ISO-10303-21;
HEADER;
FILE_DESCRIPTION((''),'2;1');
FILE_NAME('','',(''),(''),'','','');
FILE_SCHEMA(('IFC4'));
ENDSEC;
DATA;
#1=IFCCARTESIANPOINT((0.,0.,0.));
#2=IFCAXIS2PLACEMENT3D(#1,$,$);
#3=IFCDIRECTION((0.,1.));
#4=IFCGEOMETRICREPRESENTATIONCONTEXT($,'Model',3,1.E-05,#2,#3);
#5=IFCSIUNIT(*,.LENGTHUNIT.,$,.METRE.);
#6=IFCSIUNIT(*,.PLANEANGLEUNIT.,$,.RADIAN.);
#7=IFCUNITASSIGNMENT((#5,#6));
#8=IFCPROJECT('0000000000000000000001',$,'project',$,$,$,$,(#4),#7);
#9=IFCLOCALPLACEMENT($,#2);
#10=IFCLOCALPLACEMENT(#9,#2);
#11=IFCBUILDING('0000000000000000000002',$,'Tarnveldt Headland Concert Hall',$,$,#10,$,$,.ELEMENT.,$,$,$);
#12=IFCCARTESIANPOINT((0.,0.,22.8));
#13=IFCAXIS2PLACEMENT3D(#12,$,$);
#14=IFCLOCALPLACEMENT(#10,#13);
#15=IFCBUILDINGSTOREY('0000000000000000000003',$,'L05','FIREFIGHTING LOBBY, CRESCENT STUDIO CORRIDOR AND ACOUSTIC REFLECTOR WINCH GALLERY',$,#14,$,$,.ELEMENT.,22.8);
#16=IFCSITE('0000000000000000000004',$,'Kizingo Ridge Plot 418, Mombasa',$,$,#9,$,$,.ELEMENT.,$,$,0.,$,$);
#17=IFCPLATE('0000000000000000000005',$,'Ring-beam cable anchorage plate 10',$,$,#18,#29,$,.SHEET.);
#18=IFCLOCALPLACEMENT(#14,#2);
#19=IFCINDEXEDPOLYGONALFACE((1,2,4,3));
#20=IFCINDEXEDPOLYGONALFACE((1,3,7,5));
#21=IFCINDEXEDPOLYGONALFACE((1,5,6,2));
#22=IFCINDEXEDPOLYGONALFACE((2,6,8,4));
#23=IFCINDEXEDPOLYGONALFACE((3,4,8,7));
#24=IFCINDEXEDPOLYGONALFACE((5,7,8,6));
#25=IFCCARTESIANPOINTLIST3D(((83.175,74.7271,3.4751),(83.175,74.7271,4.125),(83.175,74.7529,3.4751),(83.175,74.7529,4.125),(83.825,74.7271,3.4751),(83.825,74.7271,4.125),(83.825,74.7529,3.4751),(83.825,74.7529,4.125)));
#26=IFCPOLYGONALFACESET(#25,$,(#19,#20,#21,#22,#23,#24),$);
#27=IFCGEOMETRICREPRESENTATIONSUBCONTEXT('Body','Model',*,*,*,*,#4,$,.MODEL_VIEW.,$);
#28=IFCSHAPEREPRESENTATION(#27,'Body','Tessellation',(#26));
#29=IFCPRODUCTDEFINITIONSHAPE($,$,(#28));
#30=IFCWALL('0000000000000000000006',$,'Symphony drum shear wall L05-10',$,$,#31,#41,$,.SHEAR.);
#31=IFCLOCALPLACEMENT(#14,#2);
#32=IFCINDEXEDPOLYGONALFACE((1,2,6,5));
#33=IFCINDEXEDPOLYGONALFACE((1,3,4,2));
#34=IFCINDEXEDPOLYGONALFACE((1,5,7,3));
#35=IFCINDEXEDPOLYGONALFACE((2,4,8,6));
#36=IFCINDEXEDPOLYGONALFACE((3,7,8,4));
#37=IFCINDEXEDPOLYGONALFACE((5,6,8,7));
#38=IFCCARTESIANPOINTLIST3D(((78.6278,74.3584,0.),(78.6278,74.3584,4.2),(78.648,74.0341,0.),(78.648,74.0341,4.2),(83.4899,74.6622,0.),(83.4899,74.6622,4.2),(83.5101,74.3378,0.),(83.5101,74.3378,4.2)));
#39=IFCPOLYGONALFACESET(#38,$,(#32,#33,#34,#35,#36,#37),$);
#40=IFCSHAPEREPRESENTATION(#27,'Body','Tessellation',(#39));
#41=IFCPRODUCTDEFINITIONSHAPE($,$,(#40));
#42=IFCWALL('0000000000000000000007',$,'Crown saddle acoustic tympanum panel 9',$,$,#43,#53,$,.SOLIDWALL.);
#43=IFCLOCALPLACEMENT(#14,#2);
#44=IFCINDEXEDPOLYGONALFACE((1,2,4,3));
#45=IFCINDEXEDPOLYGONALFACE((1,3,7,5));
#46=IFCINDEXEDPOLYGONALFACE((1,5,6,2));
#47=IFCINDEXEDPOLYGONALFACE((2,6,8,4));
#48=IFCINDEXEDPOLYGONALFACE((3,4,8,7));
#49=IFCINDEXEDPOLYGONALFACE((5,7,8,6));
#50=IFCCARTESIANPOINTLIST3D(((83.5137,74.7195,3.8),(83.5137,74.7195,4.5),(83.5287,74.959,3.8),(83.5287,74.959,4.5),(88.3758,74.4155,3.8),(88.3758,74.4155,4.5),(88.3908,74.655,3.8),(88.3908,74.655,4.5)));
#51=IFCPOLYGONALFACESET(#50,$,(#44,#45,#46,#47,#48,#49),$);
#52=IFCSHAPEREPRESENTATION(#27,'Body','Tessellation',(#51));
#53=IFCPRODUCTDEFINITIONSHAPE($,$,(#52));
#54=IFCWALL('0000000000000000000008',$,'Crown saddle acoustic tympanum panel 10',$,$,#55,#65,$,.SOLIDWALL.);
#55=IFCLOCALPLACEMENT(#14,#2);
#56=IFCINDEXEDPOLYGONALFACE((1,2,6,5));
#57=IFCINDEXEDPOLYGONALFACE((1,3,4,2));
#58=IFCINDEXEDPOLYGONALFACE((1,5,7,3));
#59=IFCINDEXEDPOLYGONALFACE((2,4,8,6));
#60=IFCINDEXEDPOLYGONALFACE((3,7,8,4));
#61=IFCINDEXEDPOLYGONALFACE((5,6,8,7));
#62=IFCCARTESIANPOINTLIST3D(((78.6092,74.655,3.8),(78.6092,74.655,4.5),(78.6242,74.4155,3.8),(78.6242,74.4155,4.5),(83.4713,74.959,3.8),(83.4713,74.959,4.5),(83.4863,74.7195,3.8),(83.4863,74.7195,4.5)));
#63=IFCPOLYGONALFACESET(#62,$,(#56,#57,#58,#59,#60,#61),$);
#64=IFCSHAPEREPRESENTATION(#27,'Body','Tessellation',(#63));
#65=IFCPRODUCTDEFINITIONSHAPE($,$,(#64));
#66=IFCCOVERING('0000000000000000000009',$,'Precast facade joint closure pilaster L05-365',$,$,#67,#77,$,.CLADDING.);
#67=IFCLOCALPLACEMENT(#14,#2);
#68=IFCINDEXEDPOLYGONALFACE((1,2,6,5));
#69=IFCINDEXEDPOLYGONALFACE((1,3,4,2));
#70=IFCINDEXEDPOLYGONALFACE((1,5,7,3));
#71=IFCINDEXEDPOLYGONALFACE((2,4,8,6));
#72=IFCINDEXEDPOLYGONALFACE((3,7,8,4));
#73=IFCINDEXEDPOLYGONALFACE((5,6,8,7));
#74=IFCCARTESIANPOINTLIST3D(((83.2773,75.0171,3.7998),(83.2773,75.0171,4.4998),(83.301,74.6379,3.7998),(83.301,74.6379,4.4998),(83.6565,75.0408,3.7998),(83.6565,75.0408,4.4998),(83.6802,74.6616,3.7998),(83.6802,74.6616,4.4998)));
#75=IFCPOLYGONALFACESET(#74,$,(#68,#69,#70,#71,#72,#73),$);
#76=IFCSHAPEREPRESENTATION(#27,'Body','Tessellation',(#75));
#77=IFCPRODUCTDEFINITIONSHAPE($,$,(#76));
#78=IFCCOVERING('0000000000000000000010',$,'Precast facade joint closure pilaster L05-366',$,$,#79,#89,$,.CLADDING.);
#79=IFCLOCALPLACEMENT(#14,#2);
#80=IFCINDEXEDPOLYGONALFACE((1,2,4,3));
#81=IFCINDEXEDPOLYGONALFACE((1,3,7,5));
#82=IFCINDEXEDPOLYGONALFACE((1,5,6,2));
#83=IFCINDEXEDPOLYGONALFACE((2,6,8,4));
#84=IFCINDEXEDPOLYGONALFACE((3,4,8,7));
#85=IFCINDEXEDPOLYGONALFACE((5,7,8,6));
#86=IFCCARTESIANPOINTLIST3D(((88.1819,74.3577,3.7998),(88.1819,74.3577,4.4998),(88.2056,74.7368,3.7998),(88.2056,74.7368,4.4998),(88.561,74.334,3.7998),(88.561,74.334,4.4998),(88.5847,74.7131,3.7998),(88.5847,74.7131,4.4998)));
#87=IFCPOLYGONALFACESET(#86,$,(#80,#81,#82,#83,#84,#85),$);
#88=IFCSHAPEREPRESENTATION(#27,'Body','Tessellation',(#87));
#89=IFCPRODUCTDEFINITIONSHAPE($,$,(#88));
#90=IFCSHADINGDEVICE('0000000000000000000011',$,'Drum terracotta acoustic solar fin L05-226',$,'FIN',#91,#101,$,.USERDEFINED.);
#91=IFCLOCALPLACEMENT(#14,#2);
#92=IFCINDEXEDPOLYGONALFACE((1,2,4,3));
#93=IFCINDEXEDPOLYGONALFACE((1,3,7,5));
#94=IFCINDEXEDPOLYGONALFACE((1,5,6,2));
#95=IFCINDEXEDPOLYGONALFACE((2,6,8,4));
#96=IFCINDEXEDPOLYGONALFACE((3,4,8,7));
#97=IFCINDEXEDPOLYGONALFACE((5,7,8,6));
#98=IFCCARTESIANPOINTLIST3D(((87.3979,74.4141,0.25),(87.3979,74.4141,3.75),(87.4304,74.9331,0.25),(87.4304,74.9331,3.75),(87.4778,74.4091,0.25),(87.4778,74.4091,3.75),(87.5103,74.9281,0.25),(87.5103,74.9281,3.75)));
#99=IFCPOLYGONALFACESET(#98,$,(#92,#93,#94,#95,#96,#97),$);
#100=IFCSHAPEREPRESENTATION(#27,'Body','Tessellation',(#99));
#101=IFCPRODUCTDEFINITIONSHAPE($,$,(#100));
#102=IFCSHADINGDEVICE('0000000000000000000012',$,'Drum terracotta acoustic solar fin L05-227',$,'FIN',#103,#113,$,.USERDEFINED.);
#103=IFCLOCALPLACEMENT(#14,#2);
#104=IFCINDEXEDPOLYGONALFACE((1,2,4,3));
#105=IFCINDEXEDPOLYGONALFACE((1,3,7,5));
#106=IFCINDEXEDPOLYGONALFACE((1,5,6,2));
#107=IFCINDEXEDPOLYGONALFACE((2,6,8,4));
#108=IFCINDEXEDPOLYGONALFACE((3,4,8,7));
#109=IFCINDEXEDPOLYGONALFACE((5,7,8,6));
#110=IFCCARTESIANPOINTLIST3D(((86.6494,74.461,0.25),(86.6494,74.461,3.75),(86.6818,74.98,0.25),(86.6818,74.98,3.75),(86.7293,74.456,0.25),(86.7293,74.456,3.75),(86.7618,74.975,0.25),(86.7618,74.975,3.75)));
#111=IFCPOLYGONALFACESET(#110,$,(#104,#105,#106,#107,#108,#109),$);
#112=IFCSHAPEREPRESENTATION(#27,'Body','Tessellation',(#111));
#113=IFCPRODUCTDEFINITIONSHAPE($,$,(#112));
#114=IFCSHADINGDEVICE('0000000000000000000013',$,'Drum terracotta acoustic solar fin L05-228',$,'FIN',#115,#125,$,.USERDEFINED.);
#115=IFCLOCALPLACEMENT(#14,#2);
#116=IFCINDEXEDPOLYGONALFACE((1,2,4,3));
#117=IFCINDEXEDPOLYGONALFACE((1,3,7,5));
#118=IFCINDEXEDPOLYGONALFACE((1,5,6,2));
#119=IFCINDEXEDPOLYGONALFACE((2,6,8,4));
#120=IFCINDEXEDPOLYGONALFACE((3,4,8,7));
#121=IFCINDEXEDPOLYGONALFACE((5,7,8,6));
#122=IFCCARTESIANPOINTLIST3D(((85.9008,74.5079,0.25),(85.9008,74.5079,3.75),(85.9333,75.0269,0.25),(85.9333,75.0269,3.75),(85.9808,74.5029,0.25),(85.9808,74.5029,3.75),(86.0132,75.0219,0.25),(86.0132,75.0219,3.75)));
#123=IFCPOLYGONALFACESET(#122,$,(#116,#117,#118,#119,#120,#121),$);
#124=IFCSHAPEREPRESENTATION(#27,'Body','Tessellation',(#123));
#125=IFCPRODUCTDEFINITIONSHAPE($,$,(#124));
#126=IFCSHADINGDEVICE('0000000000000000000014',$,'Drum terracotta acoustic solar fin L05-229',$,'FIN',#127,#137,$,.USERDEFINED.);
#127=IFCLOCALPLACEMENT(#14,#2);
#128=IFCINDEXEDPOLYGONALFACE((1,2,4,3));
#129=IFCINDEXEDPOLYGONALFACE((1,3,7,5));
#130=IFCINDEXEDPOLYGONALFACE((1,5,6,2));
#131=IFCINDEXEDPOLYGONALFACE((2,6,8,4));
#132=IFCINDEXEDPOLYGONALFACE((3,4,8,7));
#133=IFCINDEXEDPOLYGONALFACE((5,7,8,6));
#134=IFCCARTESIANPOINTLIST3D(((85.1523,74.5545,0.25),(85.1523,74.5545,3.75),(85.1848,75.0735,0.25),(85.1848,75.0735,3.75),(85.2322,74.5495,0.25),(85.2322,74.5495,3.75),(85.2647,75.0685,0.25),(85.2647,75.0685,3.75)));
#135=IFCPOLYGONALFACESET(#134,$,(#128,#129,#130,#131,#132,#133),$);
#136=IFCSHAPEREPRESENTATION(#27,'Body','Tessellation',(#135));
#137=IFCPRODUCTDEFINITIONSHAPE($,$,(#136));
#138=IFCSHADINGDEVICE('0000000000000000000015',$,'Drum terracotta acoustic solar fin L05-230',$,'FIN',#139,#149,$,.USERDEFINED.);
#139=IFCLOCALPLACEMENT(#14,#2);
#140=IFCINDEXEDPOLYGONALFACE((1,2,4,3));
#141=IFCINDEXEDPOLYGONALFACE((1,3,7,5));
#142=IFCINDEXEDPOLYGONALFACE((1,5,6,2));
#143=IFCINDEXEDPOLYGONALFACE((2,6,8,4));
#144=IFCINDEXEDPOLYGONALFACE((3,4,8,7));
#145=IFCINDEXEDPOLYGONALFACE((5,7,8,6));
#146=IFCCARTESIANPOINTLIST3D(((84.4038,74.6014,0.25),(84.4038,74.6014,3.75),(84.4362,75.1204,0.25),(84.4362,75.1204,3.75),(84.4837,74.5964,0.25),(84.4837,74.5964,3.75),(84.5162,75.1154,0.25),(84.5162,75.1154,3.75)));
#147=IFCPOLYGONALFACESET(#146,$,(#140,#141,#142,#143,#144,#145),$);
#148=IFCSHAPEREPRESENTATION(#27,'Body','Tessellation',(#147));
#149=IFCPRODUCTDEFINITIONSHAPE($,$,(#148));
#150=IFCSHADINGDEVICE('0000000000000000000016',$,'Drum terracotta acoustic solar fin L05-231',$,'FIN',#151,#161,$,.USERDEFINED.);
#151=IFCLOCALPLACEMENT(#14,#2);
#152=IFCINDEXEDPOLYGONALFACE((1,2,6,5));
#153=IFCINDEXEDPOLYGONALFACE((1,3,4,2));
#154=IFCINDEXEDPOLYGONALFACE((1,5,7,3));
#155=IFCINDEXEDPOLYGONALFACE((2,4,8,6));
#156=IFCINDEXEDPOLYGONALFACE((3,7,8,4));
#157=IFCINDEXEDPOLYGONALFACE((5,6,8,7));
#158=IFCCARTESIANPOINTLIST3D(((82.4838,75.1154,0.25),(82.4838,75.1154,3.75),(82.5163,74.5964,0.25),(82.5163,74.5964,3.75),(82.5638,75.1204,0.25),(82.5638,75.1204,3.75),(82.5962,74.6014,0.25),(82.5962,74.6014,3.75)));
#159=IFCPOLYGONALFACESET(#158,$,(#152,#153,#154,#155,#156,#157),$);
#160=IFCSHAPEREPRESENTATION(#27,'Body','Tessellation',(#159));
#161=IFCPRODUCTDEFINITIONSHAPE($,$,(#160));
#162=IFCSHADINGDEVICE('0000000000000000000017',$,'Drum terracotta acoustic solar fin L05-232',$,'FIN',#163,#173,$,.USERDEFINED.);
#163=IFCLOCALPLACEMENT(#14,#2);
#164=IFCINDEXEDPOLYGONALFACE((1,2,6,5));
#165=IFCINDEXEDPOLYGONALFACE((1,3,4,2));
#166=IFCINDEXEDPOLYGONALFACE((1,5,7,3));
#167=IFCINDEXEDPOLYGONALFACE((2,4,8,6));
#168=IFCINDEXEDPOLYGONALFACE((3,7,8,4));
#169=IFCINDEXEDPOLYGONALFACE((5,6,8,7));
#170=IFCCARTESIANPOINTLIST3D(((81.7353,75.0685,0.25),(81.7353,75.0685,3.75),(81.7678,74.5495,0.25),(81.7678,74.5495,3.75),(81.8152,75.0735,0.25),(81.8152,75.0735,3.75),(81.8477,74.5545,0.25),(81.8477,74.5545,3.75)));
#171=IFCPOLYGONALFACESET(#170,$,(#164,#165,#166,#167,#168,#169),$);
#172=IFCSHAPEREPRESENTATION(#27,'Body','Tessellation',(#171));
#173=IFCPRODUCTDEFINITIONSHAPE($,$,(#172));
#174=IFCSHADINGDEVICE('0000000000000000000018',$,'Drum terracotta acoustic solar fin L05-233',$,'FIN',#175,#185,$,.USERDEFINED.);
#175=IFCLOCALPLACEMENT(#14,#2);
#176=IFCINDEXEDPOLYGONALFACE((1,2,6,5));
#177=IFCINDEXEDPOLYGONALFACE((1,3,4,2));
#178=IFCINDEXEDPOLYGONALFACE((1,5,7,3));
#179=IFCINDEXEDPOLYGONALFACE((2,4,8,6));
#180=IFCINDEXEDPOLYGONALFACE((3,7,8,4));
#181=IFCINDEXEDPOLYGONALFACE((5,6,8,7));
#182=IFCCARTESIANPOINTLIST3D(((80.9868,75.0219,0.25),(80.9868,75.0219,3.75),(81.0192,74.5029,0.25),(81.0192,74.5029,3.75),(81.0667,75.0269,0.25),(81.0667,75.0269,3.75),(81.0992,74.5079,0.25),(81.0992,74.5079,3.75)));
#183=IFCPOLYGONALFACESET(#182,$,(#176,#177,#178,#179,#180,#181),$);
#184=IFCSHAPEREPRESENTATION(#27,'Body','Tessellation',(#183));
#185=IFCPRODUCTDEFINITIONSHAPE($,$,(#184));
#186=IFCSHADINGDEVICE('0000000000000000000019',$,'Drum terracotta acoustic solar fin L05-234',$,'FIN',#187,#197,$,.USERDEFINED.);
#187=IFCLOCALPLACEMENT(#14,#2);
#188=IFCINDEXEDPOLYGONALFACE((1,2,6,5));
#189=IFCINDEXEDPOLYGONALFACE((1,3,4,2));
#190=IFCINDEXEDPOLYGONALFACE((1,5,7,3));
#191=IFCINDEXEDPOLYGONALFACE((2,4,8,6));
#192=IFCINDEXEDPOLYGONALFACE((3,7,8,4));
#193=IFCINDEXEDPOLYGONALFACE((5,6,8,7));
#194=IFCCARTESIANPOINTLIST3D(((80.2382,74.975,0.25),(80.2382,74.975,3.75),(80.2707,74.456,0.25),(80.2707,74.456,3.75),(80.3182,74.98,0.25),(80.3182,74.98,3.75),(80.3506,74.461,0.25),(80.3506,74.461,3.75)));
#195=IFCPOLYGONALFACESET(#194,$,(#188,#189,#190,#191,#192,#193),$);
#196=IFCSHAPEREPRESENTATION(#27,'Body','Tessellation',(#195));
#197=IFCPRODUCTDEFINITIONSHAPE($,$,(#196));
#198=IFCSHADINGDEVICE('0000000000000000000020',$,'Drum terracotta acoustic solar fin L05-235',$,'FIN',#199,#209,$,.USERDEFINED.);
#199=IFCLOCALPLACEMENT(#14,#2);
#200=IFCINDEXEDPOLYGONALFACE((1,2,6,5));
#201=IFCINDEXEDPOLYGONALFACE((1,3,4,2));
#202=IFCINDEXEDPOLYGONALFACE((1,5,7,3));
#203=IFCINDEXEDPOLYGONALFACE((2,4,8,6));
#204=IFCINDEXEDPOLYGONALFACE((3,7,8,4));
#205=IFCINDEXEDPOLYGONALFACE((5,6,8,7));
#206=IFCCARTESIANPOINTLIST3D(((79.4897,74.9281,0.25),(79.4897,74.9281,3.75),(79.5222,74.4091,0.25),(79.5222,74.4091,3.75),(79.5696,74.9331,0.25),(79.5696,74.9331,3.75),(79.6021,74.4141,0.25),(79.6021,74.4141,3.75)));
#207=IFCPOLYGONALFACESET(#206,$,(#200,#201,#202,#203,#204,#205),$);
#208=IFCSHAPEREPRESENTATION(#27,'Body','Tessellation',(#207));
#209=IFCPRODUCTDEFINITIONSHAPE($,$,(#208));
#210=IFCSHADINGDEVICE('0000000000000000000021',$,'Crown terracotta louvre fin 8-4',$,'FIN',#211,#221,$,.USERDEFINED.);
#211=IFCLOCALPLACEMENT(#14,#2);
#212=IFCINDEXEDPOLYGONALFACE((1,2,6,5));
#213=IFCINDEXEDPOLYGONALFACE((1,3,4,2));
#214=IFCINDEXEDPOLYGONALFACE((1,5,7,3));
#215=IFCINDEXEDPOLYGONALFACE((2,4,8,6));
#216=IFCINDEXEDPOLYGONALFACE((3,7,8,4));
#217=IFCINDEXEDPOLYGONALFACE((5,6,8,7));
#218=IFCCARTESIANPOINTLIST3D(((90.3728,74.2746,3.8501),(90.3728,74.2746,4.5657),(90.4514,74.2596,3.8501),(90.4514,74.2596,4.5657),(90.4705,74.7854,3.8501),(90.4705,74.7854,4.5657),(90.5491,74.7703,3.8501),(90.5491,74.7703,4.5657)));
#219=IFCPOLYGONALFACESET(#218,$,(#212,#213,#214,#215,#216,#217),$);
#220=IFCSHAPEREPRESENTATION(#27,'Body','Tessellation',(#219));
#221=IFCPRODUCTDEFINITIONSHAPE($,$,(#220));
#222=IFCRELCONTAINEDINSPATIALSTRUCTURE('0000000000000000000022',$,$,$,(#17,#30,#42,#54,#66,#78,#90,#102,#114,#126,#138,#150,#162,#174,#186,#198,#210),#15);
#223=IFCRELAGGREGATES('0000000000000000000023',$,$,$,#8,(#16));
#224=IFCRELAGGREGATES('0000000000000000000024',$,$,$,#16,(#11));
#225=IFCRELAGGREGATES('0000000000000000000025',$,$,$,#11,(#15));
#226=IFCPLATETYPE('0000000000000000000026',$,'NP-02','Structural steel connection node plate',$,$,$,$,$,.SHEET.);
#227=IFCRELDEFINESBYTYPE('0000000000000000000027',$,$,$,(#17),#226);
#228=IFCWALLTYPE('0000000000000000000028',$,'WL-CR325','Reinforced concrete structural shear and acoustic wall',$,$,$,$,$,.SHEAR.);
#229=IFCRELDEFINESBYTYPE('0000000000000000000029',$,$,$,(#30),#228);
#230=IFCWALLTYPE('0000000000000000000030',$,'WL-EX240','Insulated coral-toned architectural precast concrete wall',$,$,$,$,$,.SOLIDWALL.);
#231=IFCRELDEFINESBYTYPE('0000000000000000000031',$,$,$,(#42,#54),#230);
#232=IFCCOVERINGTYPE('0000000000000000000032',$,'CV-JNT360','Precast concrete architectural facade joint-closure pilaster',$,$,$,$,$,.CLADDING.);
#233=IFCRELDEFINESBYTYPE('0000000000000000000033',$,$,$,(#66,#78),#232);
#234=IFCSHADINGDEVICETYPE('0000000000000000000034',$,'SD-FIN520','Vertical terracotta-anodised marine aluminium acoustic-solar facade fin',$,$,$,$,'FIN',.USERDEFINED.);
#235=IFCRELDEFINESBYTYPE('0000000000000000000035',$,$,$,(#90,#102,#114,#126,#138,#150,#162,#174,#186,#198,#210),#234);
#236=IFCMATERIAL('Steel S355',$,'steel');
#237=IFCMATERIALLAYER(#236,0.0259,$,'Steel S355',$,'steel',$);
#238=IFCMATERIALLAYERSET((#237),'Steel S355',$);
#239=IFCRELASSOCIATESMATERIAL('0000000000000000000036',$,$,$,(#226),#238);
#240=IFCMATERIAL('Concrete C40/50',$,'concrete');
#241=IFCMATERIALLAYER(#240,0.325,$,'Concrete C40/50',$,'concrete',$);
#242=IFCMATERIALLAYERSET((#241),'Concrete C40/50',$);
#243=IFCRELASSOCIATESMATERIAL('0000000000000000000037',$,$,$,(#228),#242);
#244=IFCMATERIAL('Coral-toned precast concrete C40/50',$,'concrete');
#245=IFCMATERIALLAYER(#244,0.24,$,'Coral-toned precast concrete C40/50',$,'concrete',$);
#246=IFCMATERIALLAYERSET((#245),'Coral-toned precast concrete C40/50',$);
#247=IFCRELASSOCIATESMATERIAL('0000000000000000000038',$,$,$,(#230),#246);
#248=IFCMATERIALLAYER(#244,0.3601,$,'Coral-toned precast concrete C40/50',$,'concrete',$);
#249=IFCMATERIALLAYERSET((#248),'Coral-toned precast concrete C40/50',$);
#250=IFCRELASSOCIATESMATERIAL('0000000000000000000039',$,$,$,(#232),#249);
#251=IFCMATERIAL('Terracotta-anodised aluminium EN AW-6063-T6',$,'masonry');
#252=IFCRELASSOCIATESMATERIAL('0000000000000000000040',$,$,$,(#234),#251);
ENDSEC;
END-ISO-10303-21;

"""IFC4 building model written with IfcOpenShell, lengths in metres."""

from ifc_helpers import new_model, si_unit, direction, frame, frame_2d, origin, origin_2d, place, context, subcontext, project, spatial, polyline, rectangle, outline, extrude, material, layer, layer_set, type_object, element, save


model = new_model("IFC4")

# Units and contexts
model_context = context("Model", 3, precision=1e-05, world=origin(), true_north=direction((0.0, 1.0)))
body_context = subcontext(model_context, "Body", "Model", "MODEL_VIEW")
ifc_project = project(units=[si_unit("LENGTHUNIT", "METRE"), si_unit("PLANEANGLEUNIT", "RADIAN")], contexts=[model_context])

# Site, building, storey
site_placement = place(None, origin())
site = spatial("IfcSite", under=ifc_project, at=site_placement, Name="Kizingo Ridge Plot 418, Mombasa", CompositionType="ELEMENT", RefElevation=0.0)
building_placement = place(site_placement, origin())
building = spatial("IfcBuilding", under=site, at=building_placement, Name="Tarnveldt Headland Concert Hall", CompositionType="ELEMENT")
storey_placement = place(building_placement, frame((0.0, 0.0, 22.8)))
storey = spatial("IfcBuildingStorey", under=building, at=storey_placement, Name="L05", Description="FIREFIGHTING LOBBY, CRESCENT STUDIO CORRIDOR AND ACOUSTIC REFLECTOR WINCH GALLERY", CompositionType="ELEMENT", Elevation=22.8)

# Shared definitions
ifc_material_1 = material(Name="Steel S355", Category="steel")

# Plate
ifc_layer_1 = layer(ifc_material_1, 0.0259, Name="Steel S355", Category="steel")
ifc_layer_set_1 = layer_set([ifc_layer_1], Name="Steel S355")
plate_type_1 = type_object("IfcPlateType", Name="NP-02", Description="Structural steel connection node plate", PredefinedType="SHEET", material=ifc_layer_set_1)
plate_1_placement = place(storey_placement, frame((83.5, 74.74, 3.4751), z_axis=(0.0, 0.0, 1.0), x_axis=(-1.0, 0.0, 0.0)))
element("IfcPlate", 1, at=plate_1_placement, inside=storey, type_object=plate_type_1, Name="Ring-beam cable anchorage plate 10", PredefinedType="SHEET", context=body_context, shape_type="SweptSolid", body=[
    extrude(rectangle(XDim=0.6499, YDim=0.0259, at=origin_2d()), origin(), (0.0, 0.0, 1.0), 0.6499),
])

# Walls
ifc_material_2 = material(Name="Concrete C40/50", Category="concrete")
ifc_layer_2 = layer(ifc_material_2, 0.325, Name="Concrete C40/50", Category="concrete")
ifc_layer_set_2 = layer_set([ifc_layer_2], Name="Concrete C40/50")
wall_type_1 = type_object("IfcWallType", Name="WL-CR325", Description="Reinforced concrete structural shear and acoustic wall", PredefinedType="SHEAR", material=ifc_layer_set_2)
wall_placement = place(storey_placement, frame((83.5, 74.5, 0.0), z_axis=(0.0, 0.0, 1.0), x_axis=(-0.998055, -0.062344, 0.0)))
element("IfcWall", 2, at=wall_placement, inside=storey, type_object=wall_type_1, Name="Symphony drum shear wall L05-10", PredefinedType="SHEAR", context=body_context, shape_type="SweptSolid", body=[
    extrude(rectangle(XDim=4.8716, YDim=0.325, at=frame_2d((2.4358, 0.0))), origin(), (0.0, 0.0, 1.0), 4.2),
])
ifc_material_3 = material(Name="Coral-toned precast concrete C40/50", Category="concrete")
ifc_layer_3 = layer(ifc_material_3, 0.24, Name="Coral-toned precast concrete C40/50", Category="concrete")
ifc_layer_set_3 = layer_set([ifc_layer_3], Name="Coral-toned precast concrete C40/50")
wall_type_2 = type_object("IfcWallType", Name="WL-EX240", Description="Insulated coral-toned architectural precast concrete wall", PredefinedType="SOLIDWALL", material=ifc_layer_set_3)
for number, where, z_axis, x_axis, name in (
    (3, (88.3833, 74.5354, 3.8), (0.0, 0.0, 1.0), (-0.998052, 0.062394, 0.0), "Crown saddle acoustic tympanum panel 9"),
    (4, (83.4788, 74.8394, 3.8), (0.0, 0.0, 1.0), (-0.998052, -0.062394, 0.0), "Crown saddle acoustic tympanum panel 10"),
):
    element("IfcWall", number, at=place(storey_placement, frame(where, z_axis=z_axis, x_axis=x_axis)), inside=storey, type_object=wall_type_2, Name=name, PredefinedType="SOLIDWALL", context=body_context, shape_type="SweptSolid", body=[
        extrude(outline(polyline([(0.0, 0.0), (4.8716, 0.0), (4.8716, 0.7), (0.0, 0.7), (0.0, 0.0)])), frame((0.0, 0.1201, 0.0), z_axis=(0.0, -1.0, 0.0), x_axis=(1.0, 0.0, 0.0)), (0.0, 0.0, 1.0), 0.24),
    ])

# Coverings
ifc_layer_4 = layer(ifc_material_3, 0.3601, Name="Coral-toned precast concrete C40/50", Category="concrete")
ifc_layer_set_4 = layer_set([ifc_layer_4], Name="Coral-toned precast concrete C40/50")
covering_type = type_object("IfcCoveringType", Name="CV-JNT360", Description="Precast concrete architectural facade joint-closure pilaster", PredefinedType="CLADDING", material=ifc_layer_set_4)
for number, where, z_axis, x_axis, name in (
    (5, (83.4788, 74.8394, 3.7998), (0.0, 0.0, 1.0), (-0.062442, 0.998049, 0.0), "Precast facade joint closure pilaster L05-365"),
    (6, (88.3833, 74.5354, 3.7998), (0.0, 0.0, 1.0), (0.062442, 0.998049, 0.0), "Precast facade joint closure pilaster L05-366"),
):
    element("IfcCovering", number, at=place(storey_placement, frame(where, z_axis=z_axis, x_axis=x_axis)), inside=storey, type_object=covering_type, Name=name, PredefinedType="CLADDING", context=body_context, shape_type="SweptSolid", body=[
        extrude(rectangle(XDim=0.3799, YDim=0.3799, at=origin_2d()), origin(), (0.0, 0.0, 1.0), 0.7),
    ])

# Shading devices
ifc_material_4 = material(Name="Terracotta-anodised aluminium EN AW-6063-T6", Category="masonry")
shading_device_type = type_object("IfcShadingDeviceType", Name="SD-FIN520", Description="Vertical terracotta-anodised marine aluminium acoustic-solar facade fin", ElementType="FIN", PredefinedType="USERDEFINED", material=ifc_material_4)
for number, where, z_axis, x_axis, name in (
    (7, (87.4541, 74.6711, 0.25), (0.0, 0.0, 1.0), (0.062442, 0.998049, 0.0), "Drum terracotta acoustic solar fin L05-226"),
    (8, (86.7056, 74.718, 0.25), (0.0, 0.0, 1.0), (0.062442, 0.998049, 0.0), "Drum terracotta acoustic solar fin L05-227"),
    (9, (85.957, 74.7649, 0.25), (0.0, 0.0, 1.0), (0.062442, 0.998049, 0.0), "Drum terracotta acoustic solar fin L05-228"),
    (10, (85.2085, 74.8115, 0.25), (0.0, 0.0, 1.0), (0.062442, 0.998049, 0.0), "Drum terracotta acoustic solar fin L05-229"),
    (11, (84.46, 74.8584, 0.25), (0.0, 0.0, 1.0), (0.062442, 0.998049, 0.0), "Drum terracotta acoustic solar fin L05-230"),
    (12, (82.54, 74.8584, 0.25), (0.0, 0.0, 1.0), (-0.062442, 0.998049, 0.0), "Drum terracotta acoustic solar fin L05-231"),
    (13, (81.7915, 74.8115, 0.25), (0.0, 0.0, 1.0), (-0.062442, 0.998049, 0.0), "Drum terracotta acoustic solar fin L05-232"),
    (14, (81.043, 74.7649, 0.25), (0.0, 0.0, 1.0), (-0.062442, 0.998049, 0.0), "Drum terracotta acoustic solar fin L05-233"),
    (15, (80.2944, 74.718, 0.25), (0.0, 0.0, 1.0), (-0.062442, 0.998049, 0.0), "Drum terracotta acoustic solar fin L05-234"),
    (16, (79.5459, 74.6711, 0.25), (0.0, 0.0, 1.0), (-0.062442, 0.998049, 0.0), "Drum terracotta acoustic solar fin L05-235"),
):
    element("IfcShadingDevice", number, at=place(storey_placement, frame(where, z_axis=z_axis, x_axis=x_axis)), inside=storey, type_object=shading_device_type, Name=name, ObjectType="FIN", PredefinedType="USERDEFINED", context=body_context, shape_type="SweptSolid", body=[
        extrude(rectangle(XDim=0.52, YDim=0.0801, at=origin_2d()), origin(), (0.0, 0.0, 1.0), 3.5),
    ])
shading_device_1_placement = place(storey_placement, frame((90.4609, 74.5225, 3.8501), z_axis=(0.0, 0.0, 1.0), x_axis=(0.187896, 0.982189, 0.0)))
element("IfcShadingDevice", 17, at=shading_device_1_placement, inside=storey, type_object=shading_device_type, Name="Crown terracotta louvre fin 8-4", ObjectType="FIN", PredefinedType="USERDEFINED", context=body_context, shape_type="SweptSolid", body=[
    extrude(rectangle(XDim=0.52, YDim=0.0801, at=origin_2d()), origin(), (0.0, 0.0, 1.0), 0.7156),
])

save(model, "model.ifc")
